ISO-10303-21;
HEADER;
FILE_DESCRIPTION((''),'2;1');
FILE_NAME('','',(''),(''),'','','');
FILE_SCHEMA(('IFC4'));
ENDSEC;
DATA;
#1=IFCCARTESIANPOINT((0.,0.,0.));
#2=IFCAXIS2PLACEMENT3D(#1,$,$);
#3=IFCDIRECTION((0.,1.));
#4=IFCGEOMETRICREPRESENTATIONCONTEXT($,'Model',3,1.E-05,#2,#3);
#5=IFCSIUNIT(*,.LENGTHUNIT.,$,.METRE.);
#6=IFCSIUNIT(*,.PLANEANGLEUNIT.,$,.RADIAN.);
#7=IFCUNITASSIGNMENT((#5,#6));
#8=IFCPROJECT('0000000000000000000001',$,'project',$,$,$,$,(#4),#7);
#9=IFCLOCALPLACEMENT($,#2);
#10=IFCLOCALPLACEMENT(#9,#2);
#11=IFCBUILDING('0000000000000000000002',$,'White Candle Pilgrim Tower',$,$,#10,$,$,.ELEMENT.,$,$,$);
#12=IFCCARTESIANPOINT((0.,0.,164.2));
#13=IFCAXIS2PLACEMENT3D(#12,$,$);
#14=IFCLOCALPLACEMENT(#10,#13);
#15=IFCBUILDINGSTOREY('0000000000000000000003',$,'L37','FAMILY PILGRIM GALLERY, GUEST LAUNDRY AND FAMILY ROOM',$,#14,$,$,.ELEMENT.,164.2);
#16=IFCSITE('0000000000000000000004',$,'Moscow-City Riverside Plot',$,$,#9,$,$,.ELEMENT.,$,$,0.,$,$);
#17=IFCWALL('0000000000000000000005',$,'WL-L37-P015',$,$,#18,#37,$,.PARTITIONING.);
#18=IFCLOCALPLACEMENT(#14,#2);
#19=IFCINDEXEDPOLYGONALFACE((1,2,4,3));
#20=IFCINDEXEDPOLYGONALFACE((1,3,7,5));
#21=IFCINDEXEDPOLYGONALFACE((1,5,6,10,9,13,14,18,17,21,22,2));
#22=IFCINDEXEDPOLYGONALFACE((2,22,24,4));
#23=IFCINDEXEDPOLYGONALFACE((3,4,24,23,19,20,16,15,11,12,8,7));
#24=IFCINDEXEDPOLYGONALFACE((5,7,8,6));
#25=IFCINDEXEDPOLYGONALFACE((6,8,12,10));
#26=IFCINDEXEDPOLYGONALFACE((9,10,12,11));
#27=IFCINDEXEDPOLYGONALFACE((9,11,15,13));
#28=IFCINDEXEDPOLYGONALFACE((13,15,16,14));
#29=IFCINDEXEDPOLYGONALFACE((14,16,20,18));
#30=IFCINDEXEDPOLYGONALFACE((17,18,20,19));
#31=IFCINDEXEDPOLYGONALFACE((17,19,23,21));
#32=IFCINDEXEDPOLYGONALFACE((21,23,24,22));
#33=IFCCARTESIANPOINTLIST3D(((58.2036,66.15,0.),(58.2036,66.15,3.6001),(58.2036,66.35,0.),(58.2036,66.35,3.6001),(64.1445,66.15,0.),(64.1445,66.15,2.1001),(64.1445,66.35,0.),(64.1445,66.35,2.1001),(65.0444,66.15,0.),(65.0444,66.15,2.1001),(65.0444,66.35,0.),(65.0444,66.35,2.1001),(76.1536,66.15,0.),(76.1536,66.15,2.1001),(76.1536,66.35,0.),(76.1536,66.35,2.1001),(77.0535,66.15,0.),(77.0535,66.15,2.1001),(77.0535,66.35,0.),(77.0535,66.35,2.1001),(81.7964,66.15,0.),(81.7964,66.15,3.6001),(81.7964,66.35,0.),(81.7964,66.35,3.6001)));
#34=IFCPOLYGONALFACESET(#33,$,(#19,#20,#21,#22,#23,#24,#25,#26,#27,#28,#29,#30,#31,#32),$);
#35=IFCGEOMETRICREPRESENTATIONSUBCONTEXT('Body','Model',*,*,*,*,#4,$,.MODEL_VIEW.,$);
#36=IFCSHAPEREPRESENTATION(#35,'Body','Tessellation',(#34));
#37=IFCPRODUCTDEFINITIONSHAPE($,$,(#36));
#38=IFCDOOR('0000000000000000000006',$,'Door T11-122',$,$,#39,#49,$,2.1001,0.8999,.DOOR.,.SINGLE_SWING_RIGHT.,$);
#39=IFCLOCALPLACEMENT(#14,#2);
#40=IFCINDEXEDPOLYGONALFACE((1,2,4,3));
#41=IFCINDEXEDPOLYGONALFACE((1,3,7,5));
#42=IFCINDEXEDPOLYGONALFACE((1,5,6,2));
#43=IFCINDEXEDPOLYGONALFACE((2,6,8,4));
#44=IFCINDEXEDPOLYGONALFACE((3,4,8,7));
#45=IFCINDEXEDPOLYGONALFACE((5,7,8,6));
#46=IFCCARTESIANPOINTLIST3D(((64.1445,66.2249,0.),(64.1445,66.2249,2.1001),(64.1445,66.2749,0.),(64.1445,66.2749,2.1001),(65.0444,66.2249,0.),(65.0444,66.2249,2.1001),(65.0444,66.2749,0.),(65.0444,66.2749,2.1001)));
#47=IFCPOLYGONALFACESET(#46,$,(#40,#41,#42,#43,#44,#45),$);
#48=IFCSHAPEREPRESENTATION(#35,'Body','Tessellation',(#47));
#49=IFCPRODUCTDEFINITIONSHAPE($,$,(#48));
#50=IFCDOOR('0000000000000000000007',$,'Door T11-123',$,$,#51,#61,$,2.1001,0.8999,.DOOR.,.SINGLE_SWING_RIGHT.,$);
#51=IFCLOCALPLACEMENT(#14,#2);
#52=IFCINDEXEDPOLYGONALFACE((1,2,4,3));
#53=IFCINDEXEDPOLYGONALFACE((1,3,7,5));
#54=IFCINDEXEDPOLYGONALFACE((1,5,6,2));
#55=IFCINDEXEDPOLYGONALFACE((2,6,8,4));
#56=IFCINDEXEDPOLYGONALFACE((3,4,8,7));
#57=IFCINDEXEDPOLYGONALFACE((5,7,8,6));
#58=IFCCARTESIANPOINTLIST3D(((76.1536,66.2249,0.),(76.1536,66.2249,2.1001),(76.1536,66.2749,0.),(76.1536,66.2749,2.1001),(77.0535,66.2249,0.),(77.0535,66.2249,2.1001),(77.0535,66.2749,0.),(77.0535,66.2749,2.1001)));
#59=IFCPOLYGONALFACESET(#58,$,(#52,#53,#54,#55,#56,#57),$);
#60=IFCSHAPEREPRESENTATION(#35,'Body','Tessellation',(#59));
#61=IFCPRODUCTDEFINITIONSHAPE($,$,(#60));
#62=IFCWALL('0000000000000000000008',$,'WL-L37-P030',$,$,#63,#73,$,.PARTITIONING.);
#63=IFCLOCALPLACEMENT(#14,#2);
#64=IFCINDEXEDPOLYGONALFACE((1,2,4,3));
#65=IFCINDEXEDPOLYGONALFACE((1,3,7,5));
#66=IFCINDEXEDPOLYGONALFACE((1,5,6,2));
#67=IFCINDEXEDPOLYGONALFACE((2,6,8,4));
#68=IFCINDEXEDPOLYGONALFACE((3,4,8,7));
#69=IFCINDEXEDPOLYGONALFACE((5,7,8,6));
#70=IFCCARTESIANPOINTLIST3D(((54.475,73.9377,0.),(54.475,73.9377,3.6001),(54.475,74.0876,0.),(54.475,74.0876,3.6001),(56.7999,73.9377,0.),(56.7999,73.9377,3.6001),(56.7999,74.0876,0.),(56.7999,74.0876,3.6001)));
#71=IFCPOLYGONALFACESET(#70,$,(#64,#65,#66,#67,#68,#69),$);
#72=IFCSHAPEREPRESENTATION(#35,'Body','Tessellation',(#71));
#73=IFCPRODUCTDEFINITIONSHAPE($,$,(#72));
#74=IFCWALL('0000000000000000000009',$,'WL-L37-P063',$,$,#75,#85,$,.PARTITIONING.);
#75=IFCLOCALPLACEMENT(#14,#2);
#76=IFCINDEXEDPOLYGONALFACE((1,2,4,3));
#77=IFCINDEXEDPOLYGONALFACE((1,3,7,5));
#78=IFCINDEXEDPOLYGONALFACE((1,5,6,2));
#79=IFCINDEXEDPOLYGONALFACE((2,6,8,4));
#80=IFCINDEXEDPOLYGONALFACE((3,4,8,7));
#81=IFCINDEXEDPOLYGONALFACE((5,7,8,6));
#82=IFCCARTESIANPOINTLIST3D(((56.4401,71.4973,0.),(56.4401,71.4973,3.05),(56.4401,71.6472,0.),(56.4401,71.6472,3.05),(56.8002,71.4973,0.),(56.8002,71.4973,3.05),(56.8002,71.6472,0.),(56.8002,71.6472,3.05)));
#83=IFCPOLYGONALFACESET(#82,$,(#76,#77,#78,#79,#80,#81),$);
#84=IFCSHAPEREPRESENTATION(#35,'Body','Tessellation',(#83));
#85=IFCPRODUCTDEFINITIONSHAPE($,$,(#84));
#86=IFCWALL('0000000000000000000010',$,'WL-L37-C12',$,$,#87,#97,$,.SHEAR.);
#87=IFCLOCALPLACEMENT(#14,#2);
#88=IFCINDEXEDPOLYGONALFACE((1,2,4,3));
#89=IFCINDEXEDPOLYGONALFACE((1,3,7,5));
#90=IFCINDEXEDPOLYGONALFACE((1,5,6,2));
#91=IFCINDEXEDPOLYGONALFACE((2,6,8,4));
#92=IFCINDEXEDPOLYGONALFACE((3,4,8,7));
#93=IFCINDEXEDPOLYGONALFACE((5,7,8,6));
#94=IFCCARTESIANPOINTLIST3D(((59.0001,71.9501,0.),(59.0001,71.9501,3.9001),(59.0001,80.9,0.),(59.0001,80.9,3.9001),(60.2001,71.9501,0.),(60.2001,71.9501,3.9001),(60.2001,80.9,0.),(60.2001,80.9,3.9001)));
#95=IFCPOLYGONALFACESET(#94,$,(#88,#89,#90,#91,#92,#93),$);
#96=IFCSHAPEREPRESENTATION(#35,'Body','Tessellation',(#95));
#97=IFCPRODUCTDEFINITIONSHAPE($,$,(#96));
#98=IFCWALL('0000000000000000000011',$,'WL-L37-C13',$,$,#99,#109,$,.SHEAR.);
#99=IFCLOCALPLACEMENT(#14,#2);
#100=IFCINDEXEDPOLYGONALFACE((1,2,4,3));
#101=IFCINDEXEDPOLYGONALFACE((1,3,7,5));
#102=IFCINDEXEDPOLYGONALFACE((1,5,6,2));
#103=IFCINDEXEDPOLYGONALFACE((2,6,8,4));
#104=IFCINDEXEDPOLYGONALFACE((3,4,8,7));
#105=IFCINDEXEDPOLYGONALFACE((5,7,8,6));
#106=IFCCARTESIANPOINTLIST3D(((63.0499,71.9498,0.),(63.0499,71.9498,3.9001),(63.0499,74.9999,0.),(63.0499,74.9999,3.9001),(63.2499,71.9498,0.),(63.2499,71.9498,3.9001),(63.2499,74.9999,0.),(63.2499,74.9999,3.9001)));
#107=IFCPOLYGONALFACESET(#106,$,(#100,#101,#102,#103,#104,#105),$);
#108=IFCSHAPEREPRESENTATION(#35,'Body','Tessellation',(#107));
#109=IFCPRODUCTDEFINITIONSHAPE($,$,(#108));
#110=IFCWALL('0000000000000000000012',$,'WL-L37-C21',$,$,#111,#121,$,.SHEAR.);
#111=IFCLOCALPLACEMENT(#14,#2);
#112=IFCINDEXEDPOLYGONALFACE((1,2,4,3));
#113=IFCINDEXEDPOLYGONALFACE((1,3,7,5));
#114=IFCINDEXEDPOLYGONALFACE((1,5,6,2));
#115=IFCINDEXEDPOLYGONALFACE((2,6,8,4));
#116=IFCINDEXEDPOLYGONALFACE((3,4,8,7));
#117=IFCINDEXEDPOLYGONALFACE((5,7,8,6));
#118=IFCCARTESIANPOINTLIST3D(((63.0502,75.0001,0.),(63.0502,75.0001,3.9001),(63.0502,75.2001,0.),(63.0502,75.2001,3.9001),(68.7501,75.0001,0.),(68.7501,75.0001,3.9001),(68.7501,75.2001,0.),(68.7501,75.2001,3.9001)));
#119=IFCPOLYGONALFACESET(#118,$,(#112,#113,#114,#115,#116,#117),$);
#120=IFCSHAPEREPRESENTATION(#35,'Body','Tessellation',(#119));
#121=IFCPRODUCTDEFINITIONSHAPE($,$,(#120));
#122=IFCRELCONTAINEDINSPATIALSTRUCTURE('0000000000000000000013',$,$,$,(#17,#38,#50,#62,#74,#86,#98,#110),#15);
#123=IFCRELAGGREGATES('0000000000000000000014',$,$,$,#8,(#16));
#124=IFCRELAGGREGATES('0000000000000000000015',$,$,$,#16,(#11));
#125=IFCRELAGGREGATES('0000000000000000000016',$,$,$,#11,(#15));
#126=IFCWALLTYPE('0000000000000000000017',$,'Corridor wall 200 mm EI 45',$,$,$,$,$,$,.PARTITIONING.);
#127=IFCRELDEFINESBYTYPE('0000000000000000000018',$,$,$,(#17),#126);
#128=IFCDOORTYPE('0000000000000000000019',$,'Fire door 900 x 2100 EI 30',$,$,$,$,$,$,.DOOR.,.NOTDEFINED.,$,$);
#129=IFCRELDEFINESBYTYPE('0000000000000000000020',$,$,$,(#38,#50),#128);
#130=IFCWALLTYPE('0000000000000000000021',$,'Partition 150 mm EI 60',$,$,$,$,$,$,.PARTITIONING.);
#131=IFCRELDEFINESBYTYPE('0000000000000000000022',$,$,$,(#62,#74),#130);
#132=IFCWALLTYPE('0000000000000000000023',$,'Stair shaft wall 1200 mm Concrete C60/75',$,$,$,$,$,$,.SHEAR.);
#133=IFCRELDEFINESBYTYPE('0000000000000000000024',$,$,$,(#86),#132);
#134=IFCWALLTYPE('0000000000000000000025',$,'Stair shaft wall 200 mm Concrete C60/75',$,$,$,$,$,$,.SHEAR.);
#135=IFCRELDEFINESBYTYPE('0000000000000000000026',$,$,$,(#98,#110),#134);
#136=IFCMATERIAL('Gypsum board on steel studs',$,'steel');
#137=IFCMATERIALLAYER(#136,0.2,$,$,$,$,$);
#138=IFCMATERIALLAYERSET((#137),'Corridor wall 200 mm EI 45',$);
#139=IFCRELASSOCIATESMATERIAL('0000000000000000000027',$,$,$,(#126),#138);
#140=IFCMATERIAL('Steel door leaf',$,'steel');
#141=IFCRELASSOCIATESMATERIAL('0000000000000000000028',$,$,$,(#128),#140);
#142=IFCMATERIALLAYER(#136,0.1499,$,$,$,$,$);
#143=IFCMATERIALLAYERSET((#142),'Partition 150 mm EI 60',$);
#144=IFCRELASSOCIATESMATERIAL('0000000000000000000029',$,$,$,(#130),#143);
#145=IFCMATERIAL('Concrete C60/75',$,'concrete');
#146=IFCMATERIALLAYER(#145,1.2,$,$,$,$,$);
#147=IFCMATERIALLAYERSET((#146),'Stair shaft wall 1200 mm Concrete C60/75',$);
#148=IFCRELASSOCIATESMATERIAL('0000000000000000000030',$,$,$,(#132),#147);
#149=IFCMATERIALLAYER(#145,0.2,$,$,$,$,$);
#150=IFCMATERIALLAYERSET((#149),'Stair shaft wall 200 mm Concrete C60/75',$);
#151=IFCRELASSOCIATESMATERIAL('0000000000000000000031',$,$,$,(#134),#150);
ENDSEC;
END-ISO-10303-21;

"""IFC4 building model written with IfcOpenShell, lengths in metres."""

from ifc_helpers import new_model, si_unit, direction, frame, frame_2d, origin, place, context, subcontext, project, spatial, rectangle, extrude, material, layer, layer_set, type_object, element, fill, save


model = new_model("IFC4")

# Units and contexts
model_context = context("Model", 3, precision=1e-05, world=origin(), true_north=direction((0.0, 1.0)))
body_context = subcontext(model_context, "Body", "Model", "MODEL_VIEW")
ifc_project = project(units=[si_unit("LENGTHUNIT", "METRE"), si_unit("PLANEANGLEUNIT", "RADIAN")], contexts=[model_context])

# Site, building, storey
site_placement = place(None, origin())
site = spatial("IfcSite", under=ifc_project, at=site_placement, Name="Moscow-City Riverside Plot", CompositionType="ELEMENT", RefElevation=0.0)
building_placement = place(site_placement, origin())
building = spatial("IfcBuilding", under=site, at=building_placement, Name="White Candle Pilgrim Tower", CompositionType="ELEMENT")
storey_placement = place(building_placement, frame((0.0, 0.0, 164.2)))
storey = spatial("IfcBuildingStorey", under=building, at=storey_placement, Name="L37", Description="FAMILY PILGRIM GALLERY, GUEST LAUNDRY AND FAMILY ROOM", CompositionType="ELEMENT", Elevation=164.2)

# Shared definitions
ifc_material_1 = material(Name="Gypsum board on steel studs", Category="steel")
ifc_layer_1 = layer(ifc_material_1, 0.2)
ifc_layer_set_1 = layer_set([ifc_layer_1], Name="Corridor wall 200 mm EI 45")
wall_type_1 = type_object("IfcWallType", Name="Corridor wall 200 mm EI 45", PredefinedType="PARTITIONING", material=ifc_layer_set_1)
ifc_material_2 = material(Name="Steel door leaf", Category="steel")
door_type_1 = type_object("IfcDoorType", Name="Fire door 900 x 2100 EI 30", OperationType="NOTDEFINED", PredefinedType="DOOR", material=ifc_material_2)

# Wall, openings, doors
wall_1_placement = place(storey_placement, frame((58.2036, 66.25, 0.0), z_axis=(0.0, 0.0, 1.0), x_axis=(1.0, 0.0, 0.0)))
wall_1 = element("IfcWall", 1, at=wall_1_placement, inside=storey, type_object=wall_type_1, Name="WL-L37-P015", PredefinedType="PARTITIONING", context=body_context, shape_type="SweptSolid", body=[
    extrude(rectangle(XDim=23.5928, YDim=0.2, at=frame_2d((11.7964, 0.0))), origin(), (0.0, 0.0, 1.0), 3.6001),
])
opening_1_placement = place(wall_1_placement, frame((5.9409, 0.0, 0.0)))
opening_1 = element("IfcOpeningElement", 2, at=opening_1_placement, cuts=wall_1, PredefinedType="OPENING", context=body_context, shape_type="SweptSolid", body=[
    extrude(rectangle(XDim=0.8999, YDim=2.1001, at=frame_2d((0.45, 1.05))), frame((0.0, 0.1099, 0.0), z_axis=(0.0, -1.0, 0.0), x_axis=(1.0, 0.0, 0.0)), (0.0, 0.0, 1.0), 0.22),
])
opening_2_placement = place(wall_1_placement, frame((17.95, 0.0, 0.0)))
opening_2 = element("IfcOpeningElement", 3, at=opening_2_placement, cuts=wall_1, PredefinedType="OPENING", context=body_context, shape_type="SweptSolid", body=[
    extrude(rectangle(XDim=0.8999, YDim=2.1001, at=frame_2d((0.45, 1.05))), frame((0.0, 0.1099, 0.0), z_axis=(0.0, -1.0, 0.0), x_axis=(1.0, 0.0, 0.0)), (0.0, 0.0, 1.0), 0.22),
])
door_1_placement = place(opening_1_placement, origin())
door_1 = element("IfcDoor", 4, at=door_1_placement, inside=storey, type_object=door_type_1, Name="Door T11-122", OperationType="SINGLE_SWING_RIGHT", OverallHeight=2.1001, OverallWidth=0.8999, PredefinedType="DOOR", context=body_context, shape_type="SweptSolid", body=[
    extrude(rectangle(XDim=0.8999, YDim=2.1001, at=frame_2d((0.45, 1.05))), frame((0.0, 0.0249, 0.0), z_axis=(0.0, -1.0, 0.0), x_axis=(1.0, 0.0, 0.0)), (0.0, 0.0, 1.0), 0.05),
])
fill(opening_1, door_1)
door_2_placement = place(opening_2_placement, origin())
door_2 = element("IfcDoor", 5, at=door_2_placement, inside=storey, type_object=door_type_1, Name="Door T11-123", OperationType="SINGLE_SWING_RIGHT", OverallHeight=2.1001, OverallWidth=0.8999, PredefinedType="DOOR", context=body_context, shape_type="SweptSolid", body=[
    extrude(rectangle(XDim=0.8999, YDim=2.1001, at=frame_2d((0.45, 1.05))), frame((0.0, 0.0249, 0.0), z_axis=(0.0, -1.0, 0.0), x_axis=(1.0, 0.0, 0.0)), (0.0, 0.0, 1.0), 0.05),
])
fill(opening_2, door_2)

# Walls
ifc_layer_2 = layer(ifc_material_1, 0.1499)
ifc_layer_set_2 = layer_set([ifc_layer_2], Name="Partition 150 mm EI 60")
wall_type_2 = type_object("IfcWallType", Name="Partition 150 mm EI 60", PredefinedType="PARTITIONING", material=ifc_layer_set_2)
wall_2_placement = place(storey_placement, frame((56.8, 74.0127, 0.0), z_axis=(0.0, 0.0, 1.0), x_axis=(-1.0, 0.0, 0.0)))
element("IfcWall", 6, at=wall_2_placement, inside=storey, type_object=wall_type_2, Name="WL-L37-P030", PredefinedType="PARTITIONING", context=body_context, shape_type="SweptSolid", body=[
    extrude(rectangle(XDim=2.325, YDim=0.1499, at=frame_2d((1.1626, 0.0))), origin(), (0.0, 0.0, 1.0), 3.6001),
])
wall_3_placement = place(storey_placement, frame((56.4399, 71.5723, 0.0), z_axis=(0.0, 0.0, 1.0), x_axis=(1.0, 0.0, 0.0)))
element("IfcWall", 7, at=wall_3_placement, inside=storey, type_object=wall_type_2, Name="WL-L37-P063", PredefinedType="PARTITIONING", context=body_context, shape_type="SweptSolid", body=[
    extrude(rectangle(XDim=0.3601, YDim=0.1499, at=frame_2d((0.1802, 0.0))), origin(), (0.0, 0.0, 1.0), 3.05),
])
ifc_material_3 = material(Name="Concrete C60/75", Category="concrete")
ifc_layer_3 = layer(ifc_material_3, 1.2)
ifc_layer_set_3 = layer_set([ifc_layer_3], Name="Stair shaft wall 1200 mm Concrete C60/75")
wall_type_3 = type_object("IfcWallType", Name="Stair shaft wall 1200 mm Concrete C60/75", PredefinedType="SHEAR", material=ifc_layer_set_3)
wall_4_placement = place(storey_placement, frame((59.6001, 71.95, 0.0), z_axis=(0.0, 0.0, 1.0), x_axis=(0.0, 1.0, 0.0)))
element("IfcWall", 8, at=wall_4_placement, inside=storey, type_object=wall_type_3, Name="WL-L37-C12", PredefinedType="SHEAR", context=body_context, shape_type="SweptSolid", body=[
    extrude(rectangle(XDim=8.95, YDim=1.2, at=frame_2d((4.4751, 0.0))), origin(), (0.0, 0.0, 1.0), 3.9001),
])
ifc_layer_4 = layer(ifc_material_3, 0.2)
ifc_layer_set_4 = layer_set([ifc_layer_4], Name="Stair shaft wall 200 mm Concrete C60/75")
wall_type_4 = type_object("IfcWallType", Name="Stair shaft wall 200 mm Concrete C60/75", PredefinedType="SHEAR", material=ifc_layer_set_4)
wall_5_placement = place(storey_placement, frame((63.1499, 71.95, 0.0), z_axis=(0.0, 0.0, 1.0), x_axis=(0.0, 1.0, 0.0)))
element("IfcWall", 9, at=wall_5_placement, inside=storey, type_object=wall_type_4, Name="WL-L37-C13", PredefinedType="SHEAR", context=body_context, shape_type="SweptSolid", body=[
    extrude(rectangle(XDim=3.05, YDim=0.2, at=frame_2d((1.5249, 0.0))), origin(), (0.0, 0.0, 1.0), 3.9001),
])
wall_6_placement = place(storey_placement, frame((63.05, 75.1001, 0.0), z_axis=(0.0, 0.0, 1.0), x_axis=(1.0, 0.0, 0.0)))
element("IfcWall", 10, at=wall_6_placement, inside=storey, type_object=wall_type_4, Name="WL-L37-C21", PredefinedType="SHEAR", context=body_context, shape_type="SweptSolid", body=[
    extrude(rectangle(XDim=5.7, YDim=0.2, at=frame_2d((2.8501, 0.0))), origin(), (0.0, 0.0, 1.0), 3.9001),
])

save(model, "model.ifc")
